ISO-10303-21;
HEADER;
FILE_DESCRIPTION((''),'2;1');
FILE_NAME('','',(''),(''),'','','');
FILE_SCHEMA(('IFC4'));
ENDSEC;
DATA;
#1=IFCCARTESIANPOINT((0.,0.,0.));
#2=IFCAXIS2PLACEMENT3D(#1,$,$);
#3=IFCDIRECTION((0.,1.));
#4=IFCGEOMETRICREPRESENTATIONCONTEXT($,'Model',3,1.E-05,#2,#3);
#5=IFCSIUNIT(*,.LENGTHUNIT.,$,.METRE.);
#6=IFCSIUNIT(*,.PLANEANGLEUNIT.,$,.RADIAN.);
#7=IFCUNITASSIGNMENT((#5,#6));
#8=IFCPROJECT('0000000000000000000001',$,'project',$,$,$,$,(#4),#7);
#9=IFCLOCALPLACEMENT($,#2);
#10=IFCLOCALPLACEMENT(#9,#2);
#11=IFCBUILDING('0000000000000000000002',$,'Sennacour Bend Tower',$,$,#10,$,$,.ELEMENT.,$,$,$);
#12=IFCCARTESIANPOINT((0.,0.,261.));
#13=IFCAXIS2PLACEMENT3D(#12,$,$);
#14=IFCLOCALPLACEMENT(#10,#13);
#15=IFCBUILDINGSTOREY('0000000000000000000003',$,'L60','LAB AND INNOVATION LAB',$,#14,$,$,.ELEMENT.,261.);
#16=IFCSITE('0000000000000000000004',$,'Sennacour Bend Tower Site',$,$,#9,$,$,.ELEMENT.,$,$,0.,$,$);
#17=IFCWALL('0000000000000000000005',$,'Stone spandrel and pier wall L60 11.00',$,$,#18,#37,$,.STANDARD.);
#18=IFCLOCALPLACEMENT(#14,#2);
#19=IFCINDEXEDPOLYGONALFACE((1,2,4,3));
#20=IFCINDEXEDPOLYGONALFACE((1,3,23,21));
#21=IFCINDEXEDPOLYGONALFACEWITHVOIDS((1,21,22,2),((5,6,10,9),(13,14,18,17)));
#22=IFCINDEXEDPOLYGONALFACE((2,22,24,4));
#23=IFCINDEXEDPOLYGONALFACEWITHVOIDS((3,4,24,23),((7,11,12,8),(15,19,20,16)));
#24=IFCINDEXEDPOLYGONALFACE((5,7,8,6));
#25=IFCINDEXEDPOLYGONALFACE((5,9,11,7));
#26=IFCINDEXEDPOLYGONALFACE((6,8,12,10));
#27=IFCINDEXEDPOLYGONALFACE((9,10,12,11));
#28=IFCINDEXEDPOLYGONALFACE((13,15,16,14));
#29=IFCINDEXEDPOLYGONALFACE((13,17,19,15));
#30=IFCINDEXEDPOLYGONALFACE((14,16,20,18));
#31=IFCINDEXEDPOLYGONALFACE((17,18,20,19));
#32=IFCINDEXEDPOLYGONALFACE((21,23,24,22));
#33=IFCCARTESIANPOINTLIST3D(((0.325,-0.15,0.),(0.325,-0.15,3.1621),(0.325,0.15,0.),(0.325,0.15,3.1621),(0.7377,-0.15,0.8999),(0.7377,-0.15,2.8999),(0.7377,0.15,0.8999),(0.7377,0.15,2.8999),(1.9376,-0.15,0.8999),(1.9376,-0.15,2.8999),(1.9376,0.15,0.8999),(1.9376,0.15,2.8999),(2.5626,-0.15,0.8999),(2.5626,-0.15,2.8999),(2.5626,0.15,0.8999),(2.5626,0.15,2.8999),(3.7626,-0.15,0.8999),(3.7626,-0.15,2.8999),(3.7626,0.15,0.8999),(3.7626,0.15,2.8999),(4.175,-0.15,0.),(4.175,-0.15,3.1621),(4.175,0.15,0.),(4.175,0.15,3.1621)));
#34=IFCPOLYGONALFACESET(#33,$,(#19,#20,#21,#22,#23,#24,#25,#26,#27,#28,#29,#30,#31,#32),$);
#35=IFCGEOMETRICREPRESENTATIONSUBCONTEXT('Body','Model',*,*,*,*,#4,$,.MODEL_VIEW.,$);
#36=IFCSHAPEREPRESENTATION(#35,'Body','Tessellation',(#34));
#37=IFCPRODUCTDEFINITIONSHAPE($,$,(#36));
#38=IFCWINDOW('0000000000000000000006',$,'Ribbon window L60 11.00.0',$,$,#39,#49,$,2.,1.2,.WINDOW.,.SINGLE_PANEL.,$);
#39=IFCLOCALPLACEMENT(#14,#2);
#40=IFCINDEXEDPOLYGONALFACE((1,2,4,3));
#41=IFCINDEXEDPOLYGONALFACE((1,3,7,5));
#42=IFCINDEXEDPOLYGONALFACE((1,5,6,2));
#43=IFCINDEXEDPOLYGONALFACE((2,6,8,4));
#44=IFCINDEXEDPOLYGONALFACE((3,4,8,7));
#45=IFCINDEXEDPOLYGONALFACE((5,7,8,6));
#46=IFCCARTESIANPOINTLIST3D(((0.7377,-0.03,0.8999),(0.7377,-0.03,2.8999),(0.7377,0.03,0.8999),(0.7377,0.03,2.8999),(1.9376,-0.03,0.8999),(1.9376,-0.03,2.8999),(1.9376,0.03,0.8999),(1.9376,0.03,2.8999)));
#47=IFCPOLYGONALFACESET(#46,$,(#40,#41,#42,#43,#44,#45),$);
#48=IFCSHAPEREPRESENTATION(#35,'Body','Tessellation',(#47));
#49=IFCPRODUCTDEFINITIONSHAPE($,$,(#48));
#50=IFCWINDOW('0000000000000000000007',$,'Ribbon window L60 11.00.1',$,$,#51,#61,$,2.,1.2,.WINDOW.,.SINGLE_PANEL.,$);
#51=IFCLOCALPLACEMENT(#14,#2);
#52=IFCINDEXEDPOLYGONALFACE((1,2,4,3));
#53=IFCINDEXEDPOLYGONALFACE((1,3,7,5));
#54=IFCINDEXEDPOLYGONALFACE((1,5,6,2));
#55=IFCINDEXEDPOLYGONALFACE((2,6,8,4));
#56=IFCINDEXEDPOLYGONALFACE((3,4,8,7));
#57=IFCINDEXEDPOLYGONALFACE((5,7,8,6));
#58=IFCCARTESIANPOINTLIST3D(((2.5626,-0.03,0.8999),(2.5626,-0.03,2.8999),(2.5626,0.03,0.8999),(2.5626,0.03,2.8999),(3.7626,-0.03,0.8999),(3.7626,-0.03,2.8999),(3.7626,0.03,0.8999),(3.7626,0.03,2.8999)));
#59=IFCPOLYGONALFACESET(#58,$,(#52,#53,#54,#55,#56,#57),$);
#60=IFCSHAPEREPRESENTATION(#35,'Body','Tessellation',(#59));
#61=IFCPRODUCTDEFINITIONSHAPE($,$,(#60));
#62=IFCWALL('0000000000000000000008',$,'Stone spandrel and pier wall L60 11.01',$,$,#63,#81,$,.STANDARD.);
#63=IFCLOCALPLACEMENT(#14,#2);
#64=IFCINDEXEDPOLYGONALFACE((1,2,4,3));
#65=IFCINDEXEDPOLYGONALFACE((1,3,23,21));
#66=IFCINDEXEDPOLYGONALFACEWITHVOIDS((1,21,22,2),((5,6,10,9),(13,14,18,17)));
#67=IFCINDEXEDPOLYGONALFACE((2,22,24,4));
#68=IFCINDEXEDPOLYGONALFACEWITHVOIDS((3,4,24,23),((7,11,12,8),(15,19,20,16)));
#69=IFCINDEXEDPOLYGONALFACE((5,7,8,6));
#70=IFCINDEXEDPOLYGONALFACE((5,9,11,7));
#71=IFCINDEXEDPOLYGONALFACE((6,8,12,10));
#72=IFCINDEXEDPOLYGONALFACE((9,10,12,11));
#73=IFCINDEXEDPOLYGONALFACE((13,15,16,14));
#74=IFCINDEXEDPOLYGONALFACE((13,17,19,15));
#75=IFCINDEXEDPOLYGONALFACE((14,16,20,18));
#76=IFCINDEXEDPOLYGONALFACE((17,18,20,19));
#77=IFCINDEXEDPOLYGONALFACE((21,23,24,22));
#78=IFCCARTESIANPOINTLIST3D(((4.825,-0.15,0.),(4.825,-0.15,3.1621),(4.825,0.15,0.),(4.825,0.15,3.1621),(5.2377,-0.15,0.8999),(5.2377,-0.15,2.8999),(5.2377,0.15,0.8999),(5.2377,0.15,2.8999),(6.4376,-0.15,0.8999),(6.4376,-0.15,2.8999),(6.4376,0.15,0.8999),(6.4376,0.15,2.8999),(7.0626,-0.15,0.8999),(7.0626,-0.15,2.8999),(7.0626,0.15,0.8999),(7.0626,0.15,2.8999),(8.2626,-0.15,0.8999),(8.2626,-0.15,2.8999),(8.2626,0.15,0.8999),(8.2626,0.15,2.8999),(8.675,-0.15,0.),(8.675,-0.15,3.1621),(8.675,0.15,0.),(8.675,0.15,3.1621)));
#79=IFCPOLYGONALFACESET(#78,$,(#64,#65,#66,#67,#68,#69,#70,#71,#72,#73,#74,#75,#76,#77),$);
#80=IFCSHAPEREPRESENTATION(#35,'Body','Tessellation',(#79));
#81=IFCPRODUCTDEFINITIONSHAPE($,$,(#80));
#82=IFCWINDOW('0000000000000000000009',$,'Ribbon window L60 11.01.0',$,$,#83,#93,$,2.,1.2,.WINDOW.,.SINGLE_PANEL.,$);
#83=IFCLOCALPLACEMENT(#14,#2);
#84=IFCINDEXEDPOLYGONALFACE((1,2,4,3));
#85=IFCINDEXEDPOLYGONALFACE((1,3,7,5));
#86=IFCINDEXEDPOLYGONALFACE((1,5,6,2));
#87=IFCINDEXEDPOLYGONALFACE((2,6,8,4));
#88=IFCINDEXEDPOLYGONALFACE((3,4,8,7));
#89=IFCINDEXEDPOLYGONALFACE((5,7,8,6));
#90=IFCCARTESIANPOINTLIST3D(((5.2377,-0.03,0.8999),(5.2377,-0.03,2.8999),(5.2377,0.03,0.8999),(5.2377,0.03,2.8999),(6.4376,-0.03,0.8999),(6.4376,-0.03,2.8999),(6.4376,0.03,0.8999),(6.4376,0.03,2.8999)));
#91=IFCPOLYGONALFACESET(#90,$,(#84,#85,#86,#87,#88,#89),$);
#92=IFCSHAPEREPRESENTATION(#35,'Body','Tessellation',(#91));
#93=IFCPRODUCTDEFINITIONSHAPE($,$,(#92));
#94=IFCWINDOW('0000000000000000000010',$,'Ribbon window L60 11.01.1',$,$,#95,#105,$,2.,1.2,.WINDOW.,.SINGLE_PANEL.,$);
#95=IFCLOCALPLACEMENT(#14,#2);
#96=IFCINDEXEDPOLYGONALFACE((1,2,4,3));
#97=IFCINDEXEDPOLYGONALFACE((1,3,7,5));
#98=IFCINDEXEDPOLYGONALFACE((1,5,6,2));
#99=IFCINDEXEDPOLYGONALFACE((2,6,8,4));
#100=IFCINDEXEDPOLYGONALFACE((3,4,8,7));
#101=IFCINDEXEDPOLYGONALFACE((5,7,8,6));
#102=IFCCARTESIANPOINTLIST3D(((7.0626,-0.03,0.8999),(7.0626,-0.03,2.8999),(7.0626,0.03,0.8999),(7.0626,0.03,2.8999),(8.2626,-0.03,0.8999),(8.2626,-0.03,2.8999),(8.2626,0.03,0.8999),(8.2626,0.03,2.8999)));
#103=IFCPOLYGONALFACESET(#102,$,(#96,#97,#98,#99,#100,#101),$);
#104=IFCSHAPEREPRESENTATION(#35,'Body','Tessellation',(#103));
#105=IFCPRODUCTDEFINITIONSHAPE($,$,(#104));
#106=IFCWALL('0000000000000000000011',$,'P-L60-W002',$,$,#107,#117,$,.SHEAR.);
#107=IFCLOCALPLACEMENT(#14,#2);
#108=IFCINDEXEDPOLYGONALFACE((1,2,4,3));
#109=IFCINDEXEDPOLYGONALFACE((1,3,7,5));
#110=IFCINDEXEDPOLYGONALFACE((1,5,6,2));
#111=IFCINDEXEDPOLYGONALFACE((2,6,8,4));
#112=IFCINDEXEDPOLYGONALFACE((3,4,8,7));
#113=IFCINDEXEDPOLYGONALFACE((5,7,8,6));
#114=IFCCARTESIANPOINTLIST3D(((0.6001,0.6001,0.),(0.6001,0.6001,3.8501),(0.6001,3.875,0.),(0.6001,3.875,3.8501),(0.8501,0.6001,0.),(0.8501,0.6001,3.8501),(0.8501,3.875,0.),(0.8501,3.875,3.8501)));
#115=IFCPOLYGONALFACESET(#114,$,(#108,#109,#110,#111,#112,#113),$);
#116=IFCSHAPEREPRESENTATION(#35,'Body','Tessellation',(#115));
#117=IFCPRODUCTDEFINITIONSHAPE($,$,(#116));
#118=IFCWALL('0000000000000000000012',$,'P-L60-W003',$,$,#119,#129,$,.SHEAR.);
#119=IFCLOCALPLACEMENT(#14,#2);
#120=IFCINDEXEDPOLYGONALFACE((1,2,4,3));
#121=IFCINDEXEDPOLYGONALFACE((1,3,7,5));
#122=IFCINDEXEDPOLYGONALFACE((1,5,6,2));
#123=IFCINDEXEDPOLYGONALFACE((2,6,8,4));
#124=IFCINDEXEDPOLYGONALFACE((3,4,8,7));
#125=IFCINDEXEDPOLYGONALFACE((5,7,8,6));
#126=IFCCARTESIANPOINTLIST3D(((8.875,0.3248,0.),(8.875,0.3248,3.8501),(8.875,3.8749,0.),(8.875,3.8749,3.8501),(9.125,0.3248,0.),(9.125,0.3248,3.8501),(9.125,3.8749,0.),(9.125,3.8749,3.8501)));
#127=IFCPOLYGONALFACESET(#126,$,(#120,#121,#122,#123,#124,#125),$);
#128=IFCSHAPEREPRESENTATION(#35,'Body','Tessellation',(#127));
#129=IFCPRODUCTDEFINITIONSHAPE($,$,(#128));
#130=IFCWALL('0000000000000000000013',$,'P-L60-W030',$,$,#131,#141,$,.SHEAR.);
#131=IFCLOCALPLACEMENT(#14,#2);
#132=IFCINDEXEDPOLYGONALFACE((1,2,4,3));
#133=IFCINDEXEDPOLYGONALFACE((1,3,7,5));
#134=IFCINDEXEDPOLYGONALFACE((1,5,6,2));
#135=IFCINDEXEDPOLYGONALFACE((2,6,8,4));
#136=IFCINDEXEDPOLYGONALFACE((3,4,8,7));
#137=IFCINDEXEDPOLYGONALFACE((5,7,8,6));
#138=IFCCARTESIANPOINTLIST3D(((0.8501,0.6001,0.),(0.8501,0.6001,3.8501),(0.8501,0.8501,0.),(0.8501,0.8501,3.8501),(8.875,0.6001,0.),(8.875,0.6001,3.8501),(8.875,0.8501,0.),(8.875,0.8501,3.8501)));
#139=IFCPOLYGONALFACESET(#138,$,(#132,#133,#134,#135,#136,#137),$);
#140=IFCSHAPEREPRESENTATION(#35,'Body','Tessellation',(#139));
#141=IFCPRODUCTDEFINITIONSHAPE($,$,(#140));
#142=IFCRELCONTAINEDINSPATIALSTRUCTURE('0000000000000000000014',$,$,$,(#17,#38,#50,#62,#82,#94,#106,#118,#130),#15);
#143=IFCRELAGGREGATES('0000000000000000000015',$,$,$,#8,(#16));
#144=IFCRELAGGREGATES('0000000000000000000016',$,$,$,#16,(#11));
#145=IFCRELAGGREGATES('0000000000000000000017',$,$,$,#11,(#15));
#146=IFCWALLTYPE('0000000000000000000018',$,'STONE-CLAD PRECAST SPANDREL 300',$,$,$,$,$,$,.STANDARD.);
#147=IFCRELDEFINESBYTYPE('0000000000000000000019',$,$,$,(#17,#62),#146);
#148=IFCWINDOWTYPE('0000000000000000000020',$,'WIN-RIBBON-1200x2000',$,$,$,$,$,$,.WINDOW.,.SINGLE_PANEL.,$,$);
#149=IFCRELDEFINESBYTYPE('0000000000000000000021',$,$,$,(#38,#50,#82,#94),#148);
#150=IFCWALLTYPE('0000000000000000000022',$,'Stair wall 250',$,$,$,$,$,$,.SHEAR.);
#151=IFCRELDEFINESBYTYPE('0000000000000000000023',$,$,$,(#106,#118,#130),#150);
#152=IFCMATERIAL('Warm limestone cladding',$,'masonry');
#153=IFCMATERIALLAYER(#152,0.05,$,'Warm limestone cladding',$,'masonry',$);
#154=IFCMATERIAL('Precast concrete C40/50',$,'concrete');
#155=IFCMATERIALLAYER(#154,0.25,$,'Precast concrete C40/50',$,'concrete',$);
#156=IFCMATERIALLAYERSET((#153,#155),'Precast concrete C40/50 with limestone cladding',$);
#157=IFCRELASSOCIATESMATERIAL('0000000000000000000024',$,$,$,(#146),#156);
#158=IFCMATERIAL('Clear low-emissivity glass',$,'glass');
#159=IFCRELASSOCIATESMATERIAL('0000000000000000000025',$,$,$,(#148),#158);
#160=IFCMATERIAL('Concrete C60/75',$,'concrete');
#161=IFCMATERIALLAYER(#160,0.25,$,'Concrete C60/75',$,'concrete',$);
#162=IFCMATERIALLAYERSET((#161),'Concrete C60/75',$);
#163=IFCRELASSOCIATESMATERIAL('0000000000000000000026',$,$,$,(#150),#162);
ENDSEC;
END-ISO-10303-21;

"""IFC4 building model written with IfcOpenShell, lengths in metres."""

from ifc_helpers import new_model, si_unit, direction, frame, frame_2d, origin, place, context, subcontext, project, spatial, rectangle, extrude, material, layer, layer_set, type_object, element, fill, save


model = new_model("IFC4")

# Units and contexts
model_context = context("Model", 3, precision=1e-05, world=origin(), true_north=direction((0.0, 1.0)))
body_context = subcontext(model_context, "Body", "Model", "MODEL_VIEW")
ifc_project = project(units=[si_unit("LENGTHUNIT", "METRE"), si_unit("PLANEANGLEUNIT", "RADIAN")], contexts=[model_context])

# Site, building, storey
site_placement = place(None, origin())
site = spatial("IfcSite", under=ifc_project, at=site_placement, Name="Sennacour Bend Tower Site", CompositionType="ELEMENT", RefElevation=0.0)
building_placement = place(site_placement, origin())
building = spatial("IfcBuilding", under=site, at=building_placement, Name="Sennacour Bend Tower", CompositionType="ELEMENT")
storey_placement = place(building_placement, frame((0.0, 0.0, 261.0)))
storey = spatial("IfcBuildingStorey", under=building, at=storey_placement, Name="L60", Description="LAB AND INNOVATION LAB", CompositionType="ELEMENT", Elevation=261.0)

# Walls, openings, windows
ifc_material_1 = material(Name="Warm limestone cladding", Category="masonry")
ifc_layer_1 = layer(ifc_material_1, 0.05, Name="Warm limestone cladding", Category="masonry")
ifc_material_2 = material(Name="Precast concrete C40/50", Category="concrete")
ifc_layer_2 = layer(ifc_material_2, 0.25, Name="Precast concrete C40/50", Category="concrete")
ifc_layer_set_1 = layer_set([ifc_layer_1, ifc_layer_2], Name="Precast concrete C40/50 with limestone cladding")
wall_type_1 = type_object("IfcWallType", Name="STONE-CLAD PRECAST SPANDREL 300", PredefinedType="STANDARD", material=ifc_layer_set_1)
wall_1_placement = place(storey_placement, frame((0.325, 0.0, 0.0), z_axis=(0.0, 0.0, 1.0), x_axis=(1.0, 0.0, 0.0)))
wall_1 = element("IfcWall", 1, at=wall_1_placement, inside=storey, type_object=wall_type_1, Name="Stone spandrel and pier wall L60 11.00", PredefinedType="STANDARD", context=body_context, shape_type="SweptSolid", body=[
    extrude(rectangle(XDim=3.8501, YDim=0.3, at=frame_2d((1.925, 0.0))), origin(), (0.0, 0.0, 1.0), 3.1621),
])
opening_1_placement = place(wall_1_placement, frame((0.4126, 0.0, 0.8999)))
opening_1 = element("IfcOpeningElement", 2, at=opening_1_placement, cuts=wall_1, PredefinedType="OPENING", context=body_context, shape_type="SweptSolid", body=[
    extrude(rectangle(XDim=1.2, YDim=2.0, at=frame_2d((0.6001, 1.0))), frame((0.0, 0.1602, 0.0), z_axis=(0.0, -1.0, 0.0), x_axis=(1.0, 0.0, 0.0)), (0.0, 0.0, 1.0), 0.3201),
])
opening_2_placement = place(wall_1_placement, frame((2.2375, 0.0, 0.8999)))
opening_2 = element("IfcOpeningElement", 3, at=opening_2_placement, cuts=wall_1, PredefinedType="OPENING", context=body_context, shape_type="SweptSolid", body=[
    extrude(rectangle(XDim=1.2, YDim=2.0, at=frame_2d((0.6001, 1.0))), frame((0.0, 0.1602, 0.0), z_axis=(0.0, -1.0, 0.0), x_axis=(1.0, 0.0, 0.0)), (0.0, 0.0, 1.0), 0.3201),
])
ifc_material_3 = material(Name="Clear low-emissivity glass", Category="glass")
window_type = type_object("IfcWindowType", Name="WIN-RIBBON-1200x2000", PartitioningType="SINGLE_PANEL", PredefinedType="WINDOW", material=ifc_material_3)
window_1_placement = place(opening_1_placement, origin())
window_1 = element("IfcWindow", 4, at=window_1_placement, inside=storey, type_object=window_type, Name="Ribbon window L60 11.00.0", OverallHeight=2.0, OverallWidth=1.2, PartitioningType="SINGLE_PANEL", PredefinedType="WINDOW", context=body_context, shape_type="SweptSolid", body=[
    extrude(rectangle(XDim=1.2, YDim=2.0, at=frame_2d((0.6001, 1.0))), frame((0.0, 0.03, 0.0), z_axis=(0.0, -1.0, 0.0), x_axis=(1.0, 0.0, 0.0)), (0.0, 0.0, 1.0), 0.0601),
])
fill(opening_1, window_1)
window_2_placement = place(opening_2_placement, origin())
window_2 = element("IfcWindow", 5, at=window_2_placement, inside=storey, type_object=window_type, Name="Ribbon window L60 11.00.1", OverallHeight=2.0, OverallWidth=1.2, PartitioningType="SINGLE_PANEL", PredefinedType="WINDOW", context=body_context, shape_type="SweptSolid", body=[
    extrude(rectangle(XDim=1.2, YDim=2.0, at=frame_2d((0.6001, 1.0))), frame((0.0, 0.03, 0.0), z_axis=(0.0, -1.0, 0.0), x_axis=(1.0, 0.0, 0.0)), (0.0, 0.0, 1.0), 0.0601),
])
fill(opening_2, window_2)
wall_2_placement = place(storey_placement, frame((4.825, 0.0, 0.0), z_axis=(0.0, 0.0, 1.0), x_axis=(1.0, 0.0, 0.0)))
wall_2 = element("IfcWall", 6, at=wall_2_placement, inside=storey, type_object=wall_type_1, Name="Stone spandrel and pier wall L60 11.01", PredefinedType="STANDARD", context=body_context, shape_type="SweptSolid", body=[
    extrude(rectangle(XDim=3.8501, YDim=0.3, at=frame_2d((1.925, 0.0))), origin(), (0.0, 0.0, 1.0), 3.1621),
])
opening_3_placement = place(wall_2_placement, frame((0.4126, 0.0, 0.8999)))
opening_3 = element("IfcOpeningElement", 7, at=opening_3_placement, cuts=wall_2, PredefinedType="OPENING", context=body_context, shape_type="SweptSolid", body=[
    extrude(rectangle(XDim=1.2, YDim=2.0, at=frame_2d((0.6001, 1.0))), frame((0.0, 0.1602, 0.0), z_axis=(0.0, -1.0, 0.0), x_axis=(1.0, 0.0, 0.0)), (0.0, 0.0, 1.0), 0.3201),
])
opening_4_placement = place(wall_2_placement, frame((2.2375, 0.0, 0.8999)))
opening_4 = element("IfcOpeningElement", 8, at=opening_4_placement, cuts=wall_2, PredefinedType="OPENING", context=body_context, shape_type="SweptSolid", body=[
    extrude(rectangle(XDim=1.2, YDim=2.0, at=frame_2d((0.6001, 1.0))), frame((0.0, 0.1602, 0.0), z_axis=(0.0, -1.0, 0.0), x_axis=(1.0, 0.0, 0.0)), (0.0, 0.0, 1.0), 0.3201),
])
window_3_placement = place(opening_3_placement, origin())
window_3 = element("IfcWindow", 9, at=window_3_placement, inside=storey, type_object=window_type, Name="Ribbon window L60 11.01.0", OverallHeight=2.0, OverallWidth=1.2, PartitioningType="SINGLE_PANEL", PredefinedType="WINDOW", context=body_context, shape_type="SweptSolid", body=[
    extrude(rectangle(XDim=1.2, YDim=2.0, at=frame_2d((0.6001, 1.0))), frame((0.0, 0.03, 0.0), z_axis=(0.0, -1.0, 0.0), x_axis=(1.0, 0.0, 0.0)), (0.0, 0.0, 1.0), 0.0601),
])
fill(opening_3, window_3)
window_4_placement = place(opening_4_placement, origin())
window_4 = element("IfcWindow", 10, at=window_4_placement, inside=storey, type_object=window_type, Name="Ribbon window L60 11.01.1", OverallHeight=2.0, OverallWidth=1.2, PartitioningType="SINGLE_PANEL", PredefinedType="WINDOW", context=body_context, shape_type="SweptSolid", body=[
    extrude(rectangle(XDim=1.2, YDim=2.0, at=frame_2d((0.6001, 1.0))), frame((0.0, 0.03, 0.0), z_axis=(0.0, -1.0, 0.0), x_axis=(1.0, 0.0, 0.0)), (0.0, 0.0, 1.0), 0.0601),
])
fill(opening_4, window_4)

# Walls
ifc_material_4 = material(Name="Concrete C60/75", Category="concrete")
ifc_layer_3 = layer(ifc_material_4, 0.25, Name="Concrete C60/75", Category="concrete")
ifc_layer_set_2 = layer_set([ifc_layer_3], Name="Concrete C60/75")
wall_type_2 = type_object("IfcWallType", Name="Stair wall 250", PredefinedType="SHEAR", material=ifc_layer_set_2)
wall_3_placement = place(storey_placement, frame((0.7251, 0.6001, 0.0), z_axis=(0.0, 0.0, 1.0), x_axis=(0.0, 1.0, 0.0)))
element("IfcWall", 11, at=wall_3_placement, inside=storey, type_object=wall_type_2, Name="P-L60-W002", PredefinedType="SHEAR", context=body_context, shape_type="SweptSolid", body=[
    extrude(rectangle(XDim=3.2749, YDim=0.25, at=frame_2d((1.6375, 0.0))), origin(), (0.0, 0.0, 1.0), 3.8501),
])
wall_4_placement = place(storey_placement, frame((9.0, 0.325, 0.0), z_axis=(0.0, 0.0, 1.0), x_axis=(0.0, 1.0, 0.0)))
element("IfcWall", 12, at=wall_4_placement, inside=storey, type_object=wall_type_2, Name="P-L60-W003", PredefinedType="SHEAR", context=body_context, shape_type="SweptSolid", body=[
    extrude(rectangle(XDim=3.55, YDim=0.25, at=frame_2d((1.7749, 0.0))), origin(), (0.0, 0.0, 1.0), 3.8501),
])
wall_5_placement = place(storey_placement, frame((0.8501, 0.7251, 0.0), z_axis=(0.0, 0.0, 1.0), x_axis=(1.0, 0.0, 0.0)))
element("IfcWall", 13, at=wall_5_placement, inside=storey, type_object=wall_type_2, Name="P-L60-W030", PredefinedType="SHEAR", context=body_context, shape_type="SweptSolid", body=[
    extrude(rectangle(XDim=8.0249, YDim=0.25, at=frame_2d((4.0125, 0.0))), origin(), (0.0, 0.0, 1.0), 3.8501),
])

save(model, "model.ifc")
